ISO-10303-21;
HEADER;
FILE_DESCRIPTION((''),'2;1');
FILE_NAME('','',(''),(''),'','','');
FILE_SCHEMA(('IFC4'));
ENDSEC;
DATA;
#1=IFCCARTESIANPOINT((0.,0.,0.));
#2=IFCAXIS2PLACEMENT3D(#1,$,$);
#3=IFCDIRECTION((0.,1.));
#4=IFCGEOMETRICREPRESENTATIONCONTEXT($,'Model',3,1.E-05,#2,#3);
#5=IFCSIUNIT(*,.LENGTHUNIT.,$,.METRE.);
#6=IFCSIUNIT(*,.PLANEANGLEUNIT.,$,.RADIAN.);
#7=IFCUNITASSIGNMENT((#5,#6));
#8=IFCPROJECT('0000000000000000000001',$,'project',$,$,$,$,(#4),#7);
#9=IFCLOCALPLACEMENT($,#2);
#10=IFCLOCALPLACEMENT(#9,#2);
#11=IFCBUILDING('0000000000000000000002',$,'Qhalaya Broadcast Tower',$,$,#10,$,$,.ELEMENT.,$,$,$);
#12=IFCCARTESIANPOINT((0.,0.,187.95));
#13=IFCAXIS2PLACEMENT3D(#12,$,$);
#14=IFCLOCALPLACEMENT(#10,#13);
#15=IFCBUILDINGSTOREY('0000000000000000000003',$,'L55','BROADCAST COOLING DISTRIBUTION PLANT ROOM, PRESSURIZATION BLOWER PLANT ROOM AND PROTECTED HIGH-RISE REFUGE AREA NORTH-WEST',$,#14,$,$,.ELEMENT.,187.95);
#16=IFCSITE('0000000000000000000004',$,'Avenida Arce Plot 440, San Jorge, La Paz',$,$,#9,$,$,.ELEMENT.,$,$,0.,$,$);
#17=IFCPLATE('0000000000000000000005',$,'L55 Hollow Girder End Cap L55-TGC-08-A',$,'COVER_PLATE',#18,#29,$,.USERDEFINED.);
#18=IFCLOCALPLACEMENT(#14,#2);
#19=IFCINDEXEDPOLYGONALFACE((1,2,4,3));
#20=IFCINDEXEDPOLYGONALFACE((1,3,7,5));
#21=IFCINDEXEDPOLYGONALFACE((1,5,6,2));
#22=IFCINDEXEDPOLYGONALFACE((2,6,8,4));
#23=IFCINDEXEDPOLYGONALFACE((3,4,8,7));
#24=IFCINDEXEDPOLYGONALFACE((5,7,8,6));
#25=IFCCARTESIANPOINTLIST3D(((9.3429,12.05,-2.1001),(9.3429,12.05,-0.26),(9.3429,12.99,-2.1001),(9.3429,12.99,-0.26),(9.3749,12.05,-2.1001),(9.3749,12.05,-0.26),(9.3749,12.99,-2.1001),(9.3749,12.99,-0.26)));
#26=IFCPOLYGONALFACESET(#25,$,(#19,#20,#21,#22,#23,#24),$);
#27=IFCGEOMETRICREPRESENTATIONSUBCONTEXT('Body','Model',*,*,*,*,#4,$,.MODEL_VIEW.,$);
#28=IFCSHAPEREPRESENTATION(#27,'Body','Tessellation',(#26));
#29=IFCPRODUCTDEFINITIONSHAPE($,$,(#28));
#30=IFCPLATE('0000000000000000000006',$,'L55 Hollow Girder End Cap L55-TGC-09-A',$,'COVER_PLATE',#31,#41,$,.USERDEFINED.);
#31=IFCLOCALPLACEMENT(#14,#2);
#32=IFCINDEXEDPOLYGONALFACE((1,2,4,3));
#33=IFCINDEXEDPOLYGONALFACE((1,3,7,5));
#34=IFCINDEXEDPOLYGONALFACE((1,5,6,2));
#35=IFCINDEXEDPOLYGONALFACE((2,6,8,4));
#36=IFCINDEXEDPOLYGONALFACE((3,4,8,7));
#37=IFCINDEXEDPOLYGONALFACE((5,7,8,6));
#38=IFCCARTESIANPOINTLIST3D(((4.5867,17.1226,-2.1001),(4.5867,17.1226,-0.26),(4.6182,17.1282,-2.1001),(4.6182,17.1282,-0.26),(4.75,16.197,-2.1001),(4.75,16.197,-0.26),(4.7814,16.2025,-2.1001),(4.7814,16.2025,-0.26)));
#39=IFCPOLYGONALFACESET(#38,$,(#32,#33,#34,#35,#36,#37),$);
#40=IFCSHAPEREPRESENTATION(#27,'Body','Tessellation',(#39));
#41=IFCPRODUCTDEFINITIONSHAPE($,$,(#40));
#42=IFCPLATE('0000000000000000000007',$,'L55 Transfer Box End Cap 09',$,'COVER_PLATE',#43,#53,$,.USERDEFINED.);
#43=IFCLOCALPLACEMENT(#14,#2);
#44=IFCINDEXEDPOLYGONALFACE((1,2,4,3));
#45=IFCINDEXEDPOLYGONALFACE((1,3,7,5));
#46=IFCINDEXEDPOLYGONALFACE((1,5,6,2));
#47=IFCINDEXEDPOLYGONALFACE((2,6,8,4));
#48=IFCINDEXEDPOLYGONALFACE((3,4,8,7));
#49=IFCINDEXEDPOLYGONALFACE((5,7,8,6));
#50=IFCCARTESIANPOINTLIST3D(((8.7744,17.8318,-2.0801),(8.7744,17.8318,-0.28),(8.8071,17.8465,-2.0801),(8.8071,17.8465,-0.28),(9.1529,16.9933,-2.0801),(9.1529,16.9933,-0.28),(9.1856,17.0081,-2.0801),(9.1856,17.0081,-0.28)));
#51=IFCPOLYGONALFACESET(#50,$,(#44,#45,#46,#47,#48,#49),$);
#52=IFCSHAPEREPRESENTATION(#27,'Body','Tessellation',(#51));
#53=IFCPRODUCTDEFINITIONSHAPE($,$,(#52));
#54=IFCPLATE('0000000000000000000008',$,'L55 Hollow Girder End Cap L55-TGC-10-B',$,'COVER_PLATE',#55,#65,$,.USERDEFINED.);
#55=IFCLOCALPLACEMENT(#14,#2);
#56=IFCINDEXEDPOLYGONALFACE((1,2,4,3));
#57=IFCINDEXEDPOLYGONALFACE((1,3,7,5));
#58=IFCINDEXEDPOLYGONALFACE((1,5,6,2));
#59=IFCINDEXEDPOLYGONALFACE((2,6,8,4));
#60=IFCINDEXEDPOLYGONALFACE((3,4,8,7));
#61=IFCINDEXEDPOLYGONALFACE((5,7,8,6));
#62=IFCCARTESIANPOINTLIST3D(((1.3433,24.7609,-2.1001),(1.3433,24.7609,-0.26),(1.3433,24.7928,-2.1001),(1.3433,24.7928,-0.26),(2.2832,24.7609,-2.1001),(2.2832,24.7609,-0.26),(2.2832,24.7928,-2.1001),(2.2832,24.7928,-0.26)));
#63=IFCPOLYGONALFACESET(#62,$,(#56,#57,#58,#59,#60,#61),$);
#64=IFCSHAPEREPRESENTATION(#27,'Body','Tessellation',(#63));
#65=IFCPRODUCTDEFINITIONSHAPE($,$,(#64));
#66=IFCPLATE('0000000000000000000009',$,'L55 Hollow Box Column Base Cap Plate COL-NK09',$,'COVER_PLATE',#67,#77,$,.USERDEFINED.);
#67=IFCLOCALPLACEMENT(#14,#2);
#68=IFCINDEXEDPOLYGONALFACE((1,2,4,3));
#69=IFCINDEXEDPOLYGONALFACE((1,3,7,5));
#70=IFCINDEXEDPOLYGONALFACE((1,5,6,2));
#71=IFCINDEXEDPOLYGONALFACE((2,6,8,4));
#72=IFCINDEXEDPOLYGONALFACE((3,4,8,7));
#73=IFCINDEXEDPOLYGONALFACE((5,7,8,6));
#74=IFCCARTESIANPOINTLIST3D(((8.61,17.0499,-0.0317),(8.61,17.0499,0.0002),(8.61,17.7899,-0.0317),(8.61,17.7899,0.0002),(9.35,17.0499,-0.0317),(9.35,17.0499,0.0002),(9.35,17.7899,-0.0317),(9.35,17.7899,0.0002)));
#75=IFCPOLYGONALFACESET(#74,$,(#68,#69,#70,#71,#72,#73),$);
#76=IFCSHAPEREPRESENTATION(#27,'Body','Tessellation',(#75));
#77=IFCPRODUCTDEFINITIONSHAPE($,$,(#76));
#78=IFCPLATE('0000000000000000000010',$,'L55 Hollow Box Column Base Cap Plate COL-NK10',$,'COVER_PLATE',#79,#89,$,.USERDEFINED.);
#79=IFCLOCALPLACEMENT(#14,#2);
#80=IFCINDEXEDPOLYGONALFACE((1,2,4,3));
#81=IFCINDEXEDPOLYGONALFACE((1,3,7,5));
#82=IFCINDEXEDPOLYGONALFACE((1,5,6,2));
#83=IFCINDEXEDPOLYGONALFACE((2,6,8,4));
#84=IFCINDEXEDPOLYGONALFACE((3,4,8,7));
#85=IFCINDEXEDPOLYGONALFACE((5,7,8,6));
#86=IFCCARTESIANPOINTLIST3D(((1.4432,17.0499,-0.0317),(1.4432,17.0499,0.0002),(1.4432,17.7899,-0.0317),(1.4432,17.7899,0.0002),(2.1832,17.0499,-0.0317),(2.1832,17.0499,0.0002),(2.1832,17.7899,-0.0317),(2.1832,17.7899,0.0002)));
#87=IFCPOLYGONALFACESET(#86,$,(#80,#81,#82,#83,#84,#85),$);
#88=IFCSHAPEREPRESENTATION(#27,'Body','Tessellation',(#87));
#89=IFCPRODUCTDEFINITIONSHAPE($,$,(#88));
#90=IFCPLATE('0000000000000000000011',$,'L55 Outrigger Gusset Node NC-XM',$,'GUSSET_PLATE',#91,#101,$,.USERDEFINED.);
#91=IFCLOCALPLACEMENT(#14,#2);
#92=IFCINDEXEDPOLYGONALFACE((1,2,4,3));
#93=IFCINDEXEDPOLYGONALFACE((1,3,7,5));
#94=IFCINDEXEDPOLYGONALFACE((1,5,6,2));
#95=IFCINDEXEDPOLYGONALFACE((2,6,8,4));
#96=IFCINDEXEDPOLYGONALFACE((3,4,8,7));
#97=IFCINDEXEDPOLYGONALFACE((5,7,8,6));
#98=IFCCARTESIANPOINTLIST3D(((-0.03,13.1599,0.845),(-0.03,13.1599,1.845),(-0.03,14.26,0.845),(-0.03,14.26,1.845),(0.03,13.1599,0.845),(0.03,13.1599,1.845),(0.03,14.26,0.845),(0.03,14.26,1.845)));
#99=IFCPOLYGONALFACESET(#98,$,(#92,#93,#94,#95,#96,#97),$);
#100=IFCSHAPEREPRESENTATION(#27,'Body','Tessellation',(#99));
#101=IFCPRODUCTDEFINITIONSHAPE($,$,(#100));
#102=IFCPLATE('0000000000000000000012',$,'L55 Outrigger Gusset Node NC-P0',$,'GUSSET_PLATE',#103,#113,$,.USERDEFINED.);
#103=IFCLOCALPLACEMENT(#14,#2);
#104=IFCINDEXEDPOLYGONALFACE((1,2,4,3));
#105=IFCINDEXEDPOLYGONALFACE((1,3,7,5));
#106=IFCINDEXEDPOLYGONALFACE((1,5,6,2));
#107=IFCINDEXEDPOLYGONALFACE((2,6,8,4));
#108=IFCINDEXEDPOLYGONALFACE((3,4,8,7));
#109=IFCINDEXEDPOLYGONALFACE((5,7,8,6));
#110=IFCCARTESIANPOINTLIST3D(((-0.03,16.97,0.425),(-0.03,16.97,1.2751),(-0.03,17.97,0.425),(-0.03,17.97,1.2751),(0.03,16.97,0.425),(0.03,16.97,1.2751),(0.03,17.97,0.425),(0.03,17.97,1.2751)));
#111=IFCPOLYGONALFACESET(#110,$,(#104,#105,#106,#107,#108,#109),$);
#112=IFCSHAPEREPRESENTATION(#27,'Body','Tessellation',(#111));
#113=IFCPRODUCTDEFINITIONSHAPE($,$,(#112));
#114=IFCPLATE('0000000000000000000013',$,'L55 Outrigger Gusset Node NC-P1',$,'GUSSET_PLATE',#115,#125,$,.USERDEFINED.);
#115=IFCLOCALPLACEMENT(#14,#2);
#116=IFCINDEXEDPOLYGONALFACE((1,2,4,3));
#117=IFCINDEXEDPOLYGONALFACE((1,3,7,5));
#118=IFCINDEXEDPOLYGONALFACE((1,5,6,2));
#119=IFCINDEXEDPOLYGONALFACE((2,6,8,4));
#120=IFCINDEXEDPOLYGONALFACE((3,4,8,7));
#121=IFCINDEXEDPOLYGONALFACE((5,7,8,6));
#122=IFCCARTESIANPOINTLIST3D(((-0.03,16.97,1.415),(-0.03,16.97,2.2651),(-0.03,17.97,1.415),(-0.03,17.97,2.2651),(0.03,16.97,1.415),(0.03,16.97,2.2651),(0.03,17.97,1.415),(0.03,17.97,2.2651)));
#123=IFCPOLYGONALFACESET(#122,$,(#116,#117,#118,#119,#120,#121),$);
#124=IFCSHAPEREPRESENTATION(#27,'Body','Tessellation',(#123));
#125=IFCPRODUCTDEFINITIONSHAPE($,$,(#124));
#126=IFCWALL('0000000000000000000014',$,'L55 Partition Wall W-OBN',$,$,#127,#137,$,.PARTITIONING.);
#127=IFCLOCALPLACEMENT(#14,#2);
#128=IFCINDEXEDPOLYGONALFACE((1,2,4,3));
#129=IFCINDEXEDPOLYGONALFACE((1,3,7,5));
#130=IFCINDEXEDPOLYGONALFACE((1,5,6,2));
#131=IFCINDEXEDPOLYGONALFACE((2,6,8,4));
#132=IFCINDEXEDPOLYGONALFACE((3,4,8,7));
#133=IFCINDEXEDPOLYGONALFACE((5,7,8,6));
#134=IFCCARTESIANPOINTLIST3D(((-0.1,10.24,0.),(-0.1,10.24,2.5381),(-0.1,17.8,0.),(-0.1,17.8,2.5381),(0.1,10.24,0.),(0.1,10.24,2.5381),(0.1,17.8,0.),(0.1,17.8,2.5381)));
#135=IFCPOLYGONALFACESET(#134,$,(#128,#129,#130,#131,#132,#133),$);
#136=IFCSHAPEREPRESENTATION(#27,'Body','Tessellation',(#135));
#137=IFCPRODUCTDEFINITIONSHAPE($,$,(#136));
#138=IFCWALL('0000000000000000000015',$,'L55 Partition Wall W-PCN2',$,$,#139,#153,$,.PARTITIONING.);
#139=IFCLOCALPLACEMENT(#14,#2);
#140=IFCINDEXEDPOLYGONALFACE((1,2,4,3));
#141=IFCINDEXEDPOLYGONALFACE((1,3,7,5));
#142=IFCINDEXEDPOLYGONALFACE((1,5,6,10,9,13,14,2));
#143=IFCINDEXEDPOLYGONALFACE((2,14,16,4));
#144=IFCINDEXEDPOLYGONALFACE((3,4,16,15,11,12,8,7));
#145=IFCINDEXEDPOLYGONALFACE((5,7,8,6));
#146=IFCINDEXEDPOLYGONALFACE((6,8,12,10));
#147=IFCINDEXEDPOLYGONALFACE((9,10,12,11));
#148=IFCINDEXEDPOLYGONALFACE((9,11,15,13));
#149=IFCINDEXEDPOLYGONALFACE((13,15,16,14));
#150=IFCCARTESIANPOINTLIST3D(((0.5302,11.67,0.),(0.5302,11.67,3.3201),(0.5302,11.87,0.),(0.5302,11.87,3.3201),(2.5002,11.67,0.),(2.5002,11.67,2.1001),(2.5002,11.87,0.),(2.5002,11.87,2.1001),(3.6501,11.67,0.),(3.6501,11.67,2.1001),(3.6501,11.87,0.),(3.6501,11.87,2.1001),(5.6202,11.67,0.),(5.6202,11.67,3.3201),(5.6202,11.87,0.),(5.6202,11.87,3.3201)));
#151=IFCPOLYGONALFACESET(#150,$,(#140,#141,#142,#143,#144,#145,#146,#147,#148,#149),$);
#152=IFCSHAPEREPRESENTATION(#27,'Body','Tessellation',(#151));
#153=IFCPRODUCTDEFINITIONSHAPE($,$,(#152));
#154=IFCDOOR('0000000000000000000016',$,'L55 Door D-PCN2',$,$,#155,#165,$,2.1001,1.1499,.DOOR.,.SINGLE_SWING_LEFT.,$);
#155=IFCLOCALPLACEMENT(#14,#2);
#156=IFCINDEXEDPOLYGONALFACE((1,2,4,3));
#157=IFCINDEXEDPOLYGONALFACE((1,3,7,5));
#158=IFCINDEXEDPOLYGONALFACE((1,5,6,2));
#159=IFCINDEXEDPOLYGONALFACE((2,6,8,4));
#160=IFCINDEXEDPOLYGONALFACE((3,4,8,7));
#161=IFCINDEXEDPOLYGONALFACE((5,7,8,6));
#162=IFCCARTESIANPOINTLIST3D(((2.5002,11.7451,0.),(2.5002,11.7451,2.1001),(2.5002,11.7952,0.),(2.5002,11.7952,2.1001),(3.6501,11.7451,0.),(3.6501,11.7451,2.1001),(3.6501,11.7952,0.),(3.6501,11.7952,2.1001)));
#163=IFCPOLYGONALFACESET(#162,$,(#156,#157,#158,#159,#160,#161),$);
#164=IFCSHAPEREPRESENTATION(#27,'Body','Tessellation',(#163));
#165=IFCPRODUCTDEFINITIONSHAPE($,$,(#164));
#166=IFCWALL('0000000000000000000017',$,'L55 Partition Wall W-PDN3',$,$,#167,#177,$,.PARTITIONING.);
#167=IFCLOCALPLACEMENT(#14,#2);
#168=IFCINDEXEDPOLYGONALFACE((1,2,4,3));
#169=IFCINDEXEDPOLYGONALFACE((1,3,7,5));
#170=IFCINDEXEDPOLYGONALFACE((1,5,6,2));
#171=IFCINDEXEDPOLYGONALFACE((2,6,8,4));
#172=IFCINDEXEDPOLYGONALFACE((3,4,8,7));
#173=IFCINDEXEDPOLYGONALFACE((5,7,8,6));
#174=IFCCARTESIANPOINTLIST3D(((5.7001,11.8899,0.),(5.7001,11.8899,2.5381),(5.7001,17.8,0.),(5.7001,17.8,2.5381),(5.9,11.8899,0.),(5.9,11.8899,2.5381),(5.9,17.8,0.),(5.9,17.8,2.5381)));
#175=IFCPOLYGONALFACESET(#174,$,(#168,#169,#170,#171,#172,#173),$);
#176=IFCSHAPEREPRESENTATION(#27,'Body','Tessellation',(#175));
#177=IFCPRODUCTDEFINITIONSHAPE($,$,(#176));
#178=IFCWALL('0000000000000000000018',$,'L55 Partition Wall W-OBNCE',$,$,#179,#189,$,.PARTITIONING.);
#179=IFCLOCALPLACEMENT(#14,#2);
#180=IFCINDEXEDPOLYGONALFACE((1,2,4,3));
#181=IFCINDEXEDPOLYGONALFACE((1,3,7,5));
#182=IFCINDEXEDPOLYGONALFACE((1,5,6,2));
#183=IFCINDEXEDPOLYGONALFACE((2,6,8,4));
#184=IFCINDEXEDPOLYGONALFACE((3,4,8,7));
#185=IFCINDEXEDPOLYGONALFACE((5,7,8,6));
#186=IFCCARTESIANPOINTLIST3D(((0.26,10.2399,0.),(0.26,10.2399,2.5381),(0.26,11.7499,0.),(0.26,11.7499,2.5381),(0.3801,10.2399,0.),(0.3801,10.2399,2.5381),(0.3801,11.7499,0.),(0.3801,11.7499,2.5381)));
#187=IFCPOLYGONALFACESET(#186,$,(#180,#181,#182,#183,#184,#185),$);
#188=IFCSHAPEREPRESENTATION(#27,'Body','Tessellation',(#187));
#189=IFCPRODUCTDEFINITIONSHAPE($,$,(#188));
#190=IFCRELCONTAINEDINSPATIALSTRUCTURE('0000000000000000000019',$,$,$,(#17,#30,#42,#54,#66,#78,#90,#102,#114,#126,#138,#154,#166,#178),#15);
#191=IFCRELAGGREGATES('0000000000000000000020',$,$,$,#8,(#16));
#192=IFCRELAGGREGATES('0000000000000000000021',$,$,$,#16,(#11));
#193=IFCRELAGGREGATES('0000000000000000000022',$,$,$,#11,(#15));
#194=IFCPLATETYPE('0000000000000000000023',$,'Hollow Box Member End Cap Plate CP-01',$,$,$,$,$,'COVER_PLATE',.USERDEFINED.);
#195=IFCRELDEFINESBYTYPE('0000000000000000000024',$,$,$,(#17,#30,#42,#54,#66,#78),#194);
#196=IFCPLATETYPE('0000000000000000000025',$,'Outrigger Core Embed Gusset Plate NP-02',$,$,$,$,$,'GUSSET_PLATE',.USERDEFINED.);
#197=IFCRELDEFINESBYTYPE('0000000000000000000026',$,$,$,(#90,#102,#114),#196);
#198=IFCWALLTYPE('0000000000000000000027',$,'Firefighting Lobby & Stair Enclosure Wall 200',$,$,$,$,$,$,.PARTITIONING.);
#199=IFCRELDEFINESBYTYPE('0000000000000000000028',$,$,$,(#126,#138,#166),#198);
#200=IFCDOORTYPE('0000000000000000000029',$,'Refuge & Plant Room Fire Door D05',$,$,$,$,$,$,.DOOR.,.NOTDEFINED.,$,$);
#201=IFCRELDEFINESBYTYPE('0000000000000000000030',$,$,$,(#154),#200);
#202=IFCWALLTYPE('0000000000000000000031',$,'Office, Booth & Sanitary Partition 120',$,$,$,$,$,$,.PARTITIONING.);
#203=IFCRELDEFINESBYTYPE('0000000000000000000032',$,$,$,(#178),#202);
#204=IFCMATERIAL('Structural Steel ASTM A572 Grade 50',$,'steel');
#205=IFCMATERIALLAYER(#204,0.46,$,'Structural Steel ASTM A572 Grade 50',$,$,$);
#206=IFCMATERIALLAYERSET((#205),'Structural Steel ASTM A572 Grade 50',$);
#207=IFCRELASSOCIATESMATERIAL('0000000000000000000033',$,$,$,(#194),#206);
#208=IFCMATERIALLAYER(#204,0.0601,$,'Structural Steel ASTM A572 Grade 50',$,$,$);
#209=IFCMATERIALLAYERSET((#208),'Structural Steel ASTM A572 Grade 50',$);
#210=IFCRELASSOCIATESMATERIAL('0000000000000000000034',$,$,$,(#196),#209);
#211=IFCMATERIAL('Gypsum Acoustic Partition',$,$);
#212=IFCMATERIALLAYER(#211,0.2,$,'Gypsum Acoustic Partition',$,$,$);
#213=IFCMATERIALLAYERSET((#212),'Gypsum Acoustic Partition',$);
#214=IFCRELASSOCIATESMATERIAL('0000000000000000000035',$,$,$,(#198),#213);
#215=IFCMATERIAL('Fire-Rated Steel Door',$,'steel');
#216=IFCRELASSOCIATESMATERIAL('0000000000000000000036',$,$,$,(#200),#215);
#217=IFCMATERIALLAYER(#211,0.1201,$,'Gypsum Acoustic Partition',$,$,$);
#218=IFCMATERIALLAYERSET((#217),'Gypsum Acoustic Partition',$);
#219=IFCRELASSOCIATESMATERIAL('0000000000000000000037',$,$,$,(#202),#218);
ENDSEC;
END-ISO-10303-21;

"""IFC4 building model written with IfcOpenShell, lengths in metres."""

from ifc_helpers import new_model, si_unit, direction, frame, frame_2d, origin, origin_2d, place, context, subcontext, project, spatial, rectangle, extrude, material, layer, layer_set, type_object, element, fill, save


model = new_model("IFC4")

# Units and contexts
model_context = context("Model", 3, precision=1e-05, world=origin(), true_north=direction((0.0, 1.0)))
body_context = subcontext(model_context, "Body", "Model", "MODEL_VIEW")
ifc_project = project(units=[si_unit("LENGTHUNIT", "METRE"), si_unit("PLANEANGLEUNIT", "RADIAN")], contexts=[model_context])

# Site, building, storey
site_placement = place(None, origin())
site = spatial("IfcSite", under=ifc_project, at=site_placement, Name="Avenida Arce Plot 440, San Jorge, La Paz", CompositionType="ELEMENT", RefElevation=0.0)
building_placement = place(site_placement, origin())
building = spatial("IfcBuilding", under=site, at=building_placement, Name="Qhalaya Broadcast Tower", CompositionType="ELEMENT")
storey_placement = place(building_placement, frame((0.0, 0.0, 187.95)))
storey = spatial("IfcBuildingStorey", under=building, at=storey_placement, Name="L55", Description="BROADCAST COOLING DISTRIBUTION PLANT ROOM, PRESSURIZATION BLOWER PLANT ROOM AND PROTECTED HIGH-RISE REFUGE AREA NORTH-WEST", CompositionType="ELEMENT", Elevation=187.95)

# Shared definitions
ifc_material_1 = material(Name="Structural Steel ASTM A572 Grade 50", Category="steel")

# Plates
ifc_layer_1 = layer(ifc_material_1, 0.46, Name="Structural Steel ASTM A572 Grade 50")
ifc_layer_set_1 = layer_set([ifc_layer_1], Name="Structural Steel ASTM A572 Grade 50")
plate_type_1 = type_object("IfcPlateType", Name="Hollow Box Member End Cap Plate CP-01", ElementType="COVER_PLATE", PredefinedType="USERDEFINED", material=ifc_layer_set_1)
for number, where, z_axis, x_axis, name in (
    (1, (9.3589, 12.52, -2.1001), (0.0, 0.0, 1.0), (0.0, 1.0, 0.0), "L55 Hollow Girder End Cap L55-TGC-08-A"),
    (2, (4.6841, 16.6626, -2.1001), (0.0, 0.0, 1.0), (-0.173665, 0.984805, 0.0), "L55 Hollow Girder End Cap L55-TGC-09-A"),
):
    element("IfcPlate", number, at=place(storey_placement, frame(where, z_axis=z_axis, x_axis=x_axis)), inside=storey, type_object=plate_type_1, Name=name, ObjectType="COVER_PLATE", PredefinedType="USERDEFINED", context=body_context, shape_type="SweptSolid", body=[
        extrude(rectangle(XDim=0.9399, YDim=0.032, at=origin_2d()), origin(), (0.0, 0.0, 1.0), 1.8401),
    ])
plate_1_placement = place(storey_placement, frame((8.98, 17.4199, -2.0801), z_axis=(0.0, 0.0, 1.0), x_axis=(0.411451, -0.911432, 0.0)))
element("IfcPlate", 3, at=plate_1_placement, inside=storey, type_object=plate_type_1, Name="L55 Transfer Box End Cap 09", ObjectType="COVER_PLATE", PredefinedType="USERDEFINED", context=body_context, shape_type="SweptSolid", body=[
    extrude(rectangle(XDim=0.9199, YDim=0.0359, at=origin_2d()), origin(), (0.0, 0.0, 1.0), 1.8),
])
plate_2_placement = place(storey_placement, frame((1.8132, 24.7769, -2.1001), z_axis=(0.0, 0.0, 1.0), x_axis=(-1.0, 0.0, 0.0)))
element("IfcPlate", 4, at=plate_2_placement, inside=storey, type_object=plate_type_1, Name="L55 Hollow Girder End Cap L55-TGC-10-B", ObjectType="COVER_PLATE", PredefinedType="USERDEFINED", context=body_context, shape_type="SweptSolid", body=[
    extrude(rectangle(XDim=0.9399, YDim=0.032, at=origin_2d()), origin(), (0.0, 0.0, 1.0), 1.8401),
])
for number, where, z_axis, x_axis, name in (
    (5, (8.98, 17.4199, -0.0317), (0.0, 0.0, 1.0), (1.0, 0.0, 0.0), "L55 Hollow Box Column Base Cap Plate COL-NK09"),
    (6, (1.8132, 17.4199, -0.0317), (0.0, 0.0, 1.0), (1.0, 0.0, 0.0), "L55 Hollow Box Column Base Cap Plate COL-NK10"),
):
    element("IfcPlate", number, at=place(storey_placement, frame(where, z_axis=z_axis, x_axis=x_axis)), inside=storey, type_object=plate_type_1, Name=name, ObjectType="COVER_PLATE", PredefinedType="USERDEFINED", context=body_context, shape_type="SweptSolid", body=[
        extrude(rectangle(XDim=0.74, YDim=0.74, at=origin_2d()), origin(), (0.0, 0.0, 1.0), 0.032),
    ])
ifc_layer_2 = layer(ifc_material_1, 0.0601, Name="Structural Steel ASTM A572 Grade 50")
ifc_layer_set_2 = layer_set([ifc_layer_2], Name="Structural Steel ASTM A572 Grade 50")
plate_type_2 = type_object("IfcPlateType", Name="Outrigger Core Embed Gusset Plate NP-02", ElementType="GUSSET_PLATE", PredefinedType="USERDEFINED", material=ifc_layer_set_2)
plate_3_placement = place(storey_placement, frame((0.0, 13.71, 0.845), z_axis=(0.0, 0.0, 1.0), x_axis=(0.0, 1.0, 0.0)))
element("IfcPlate", 7, at=plate_3_placement, inside=storey, type_object=plate_type_2, Name="L55 Outrigger Gusset Node NC-XM", ObjectType="GUSSET_PLATE", PredefinedType="USERDEFINED", context=body_context, shape_type="SweptSolid", body=[
    extrude(rectangle(XDim=1.1001, YDim=0.0601, at=origin_2d()), origin(), (0.0, 0.0, 1.0), 1.0),
])
for number, where, z_axis, x_axis, name in (
    (8, (0.0, 17.47, 0.425), (0.0, 0.0, 1.0), (0.0, 1.0, 0.0), "L55 Outrigger Gusset Node NC-P0"),
    (9, (0.0, 17.47, 1.415), (0.0, 0.0, 1.0), (0.0, 1.0, 0.0), "L55 Outrigger Gusset Node NC-P1"),
):
    element("IfcPlate", number, at=place(storey_placement, frame(where, z_axis=z_axis, x_axis=x_axis)), inside=storey, type_object=plate_type_2, Name=name, ObjectType="GUSSET_PLATE", PredefinedType="USERDEFINED", context=body_context, shape_type="SweptSolid", body=[
        extrude(rectangle(XDim=1.0, YDim=0.0601, at=origin_2d()), origin(), (0.0, 0.0, 1.0), 0.8501),
    ])

# Wall
ifc_material_2 = material(Name="Gypsum Acoustic Partition")
ifc_layer_3 = layer(ifc_material_2, 0.2, Name="Gypsum Acoustic Partition")
ifc_layer_set_3 = layer_set([ifc_layer_3], Name="Gypsum Acoustic Partition")
wall_type_1 = type_object("IfcWallType", Name="Firefighting Lobby & Stair Enclosure Wall 200", PredefinedType="PARTITIONING", material=ifc_layer_set_3)
wall_1_placement = place(storey_placement, frame((0.0, 10.24, 0.0), z_axis=(0.0, 0.0, 1.0), x_axis=(0.0, 1.0, 0.0)))
element("IfcWall", 10, at=wall_1_placement, inside=storey, type_object=wall_type_1, Name="L55 Partition Wall W-OBN", PredefinedType="PARTITIONING", context=body_context, shape_type="SweptSolid", body=[
    extrude(rectangle(XDim=7.5601, YDim=0.2, at=frame_2d((3.78, 0.0))), origin(), (0.0, 0.0, 1.0), 2.5381),
])

# Wall, opening, door
wall_2_placement = place(storey_placement, frame((5.6201, 11.77, 0.0), z_axis=(0.0, 0.0, 1.0), x_axis=(-1.0, 0.0, 0.0)))
wall_2 = element("IfcWall", 11, at=wall_2_placement, inside=storey, type_object=wall_type_1, Name="L55 Partition Wall W-PCN2", PredefinedType="PARTITIONING", context=body_context, shape_type="SweptSolid", body=[
    extrude(rectangle(XDim=5.0901, YDim=0.2, at=frame_2d((2.5449, 0.0))), origin(), (0.0, 0.0, 1.0), 3.3201),
])
opening_placement = place(wall_2_placement, frame((1.97, 0.0, 0.0)))
opening = element("IfcOpeningElement", 12, at=opening_placement, cuts=wall_2, PredefinedType="OPENING", context=body_context, shape_type="SweptSolid", body=[
    extrude(rectangle(XDim=1.1499, YDim=2.1001, at=frame_2d((0.575, 1.05))), frame((0.0, 0.1121, 0.0), z_axis=(0.0, -1.0, 0.0), x_axis=(1.0, 0.0, 0.0)), (0.0, 0.0, 1.0), 0.2239),
])
ifc_material_3 = material(Name="Fire-Rated Steel Door", Category="steel")
door_type = type_object("IfcDoorType", Name="Refuge & Plant Room Fire Door D05", OperationType="NOTDEFINED", PredefinedType="DOOR", material=ifc_material_3)
door_placement = place(opening_placement, origin())
door = element("IfcDoor", 13, at=door_placement, inside=storey, type_object=door_type, Name="L55 Door D-PCN2", OperationType="SINGLE_SWING_LEFT", OverallHeight=2.1001, OverallWidth=1.1499, PredefinedType="DOOR", context=body_context, shape_type="SweptSolid", body=[
    extrude(rectangle(XDim=1.1499, YDim=2.1001, at=frame_2d((0.575, 1.05))), frame((0.0, 0.0249, 0.0), z_axis=(0.0, -1.0, 0.0), x_axis=(1.0, 0.0, 0.0)), (0.0, 0.0, 1.0), 0.05),
])
fill(opening, door)

# Walls
wall_3_placement = place(storey_placement, frame((5.8, 11.8899, 0.0), z_axis=(0.0, 0.0, 1.0), x_axis=(0.0, 1.0, 0.0)))
element("IfcWall", 14, at=wall_3_placement, inside=storey, type_object=wall_type_1, Name="L55 Partition Wall W-PDN3", PredefinedType="PARTITIONING", context=body_context, shape_type="SweptSolid", body=[
    extrude(rectangle(XDim=5.9102, YDim=0.2, at=frame_2d((2.9551, 0.0))), origin(), (0.0, 0.0, 1.0), 2.5381),
])
ifc_layer_4 = layer(ifc_material_2, 0.1201, Name="Gypsum Acoustic Partition")
ifc_layer_set_4 = layer_set([ifc_layer_4], Name="Gypsum Acoustic Partition")
wall_type_2 = type_object("IfcWallType", Name="Office, Booth & Sanitary Partition 120", PredefinedType="PARTITIONING", material=ifc_layer_set_4)
wall_4_placement = place(storey_placement, frame((0.3201, 10.24, 0.0), z_axis=(0.0, 0.0, 1.0), x_axis=(0.0, 1.0, 0.0)))
element("IfcWall", 15, at=wall_4_placement, inside=storey, type_object=wall_type_2, Name="L55 Partition Wall W-OBNCE", PredefinedType="PARTITIONING", context=body_context, shape_type="SweptSolid", body=[
    extrude(rectangle(XDim=1.51, YDim=0.1201, at=frame_2d((0.7549, 0.0))), origin(), (0.0, 0.0, 1.0), 2.5381),
])

save(model, "model.ifc")
